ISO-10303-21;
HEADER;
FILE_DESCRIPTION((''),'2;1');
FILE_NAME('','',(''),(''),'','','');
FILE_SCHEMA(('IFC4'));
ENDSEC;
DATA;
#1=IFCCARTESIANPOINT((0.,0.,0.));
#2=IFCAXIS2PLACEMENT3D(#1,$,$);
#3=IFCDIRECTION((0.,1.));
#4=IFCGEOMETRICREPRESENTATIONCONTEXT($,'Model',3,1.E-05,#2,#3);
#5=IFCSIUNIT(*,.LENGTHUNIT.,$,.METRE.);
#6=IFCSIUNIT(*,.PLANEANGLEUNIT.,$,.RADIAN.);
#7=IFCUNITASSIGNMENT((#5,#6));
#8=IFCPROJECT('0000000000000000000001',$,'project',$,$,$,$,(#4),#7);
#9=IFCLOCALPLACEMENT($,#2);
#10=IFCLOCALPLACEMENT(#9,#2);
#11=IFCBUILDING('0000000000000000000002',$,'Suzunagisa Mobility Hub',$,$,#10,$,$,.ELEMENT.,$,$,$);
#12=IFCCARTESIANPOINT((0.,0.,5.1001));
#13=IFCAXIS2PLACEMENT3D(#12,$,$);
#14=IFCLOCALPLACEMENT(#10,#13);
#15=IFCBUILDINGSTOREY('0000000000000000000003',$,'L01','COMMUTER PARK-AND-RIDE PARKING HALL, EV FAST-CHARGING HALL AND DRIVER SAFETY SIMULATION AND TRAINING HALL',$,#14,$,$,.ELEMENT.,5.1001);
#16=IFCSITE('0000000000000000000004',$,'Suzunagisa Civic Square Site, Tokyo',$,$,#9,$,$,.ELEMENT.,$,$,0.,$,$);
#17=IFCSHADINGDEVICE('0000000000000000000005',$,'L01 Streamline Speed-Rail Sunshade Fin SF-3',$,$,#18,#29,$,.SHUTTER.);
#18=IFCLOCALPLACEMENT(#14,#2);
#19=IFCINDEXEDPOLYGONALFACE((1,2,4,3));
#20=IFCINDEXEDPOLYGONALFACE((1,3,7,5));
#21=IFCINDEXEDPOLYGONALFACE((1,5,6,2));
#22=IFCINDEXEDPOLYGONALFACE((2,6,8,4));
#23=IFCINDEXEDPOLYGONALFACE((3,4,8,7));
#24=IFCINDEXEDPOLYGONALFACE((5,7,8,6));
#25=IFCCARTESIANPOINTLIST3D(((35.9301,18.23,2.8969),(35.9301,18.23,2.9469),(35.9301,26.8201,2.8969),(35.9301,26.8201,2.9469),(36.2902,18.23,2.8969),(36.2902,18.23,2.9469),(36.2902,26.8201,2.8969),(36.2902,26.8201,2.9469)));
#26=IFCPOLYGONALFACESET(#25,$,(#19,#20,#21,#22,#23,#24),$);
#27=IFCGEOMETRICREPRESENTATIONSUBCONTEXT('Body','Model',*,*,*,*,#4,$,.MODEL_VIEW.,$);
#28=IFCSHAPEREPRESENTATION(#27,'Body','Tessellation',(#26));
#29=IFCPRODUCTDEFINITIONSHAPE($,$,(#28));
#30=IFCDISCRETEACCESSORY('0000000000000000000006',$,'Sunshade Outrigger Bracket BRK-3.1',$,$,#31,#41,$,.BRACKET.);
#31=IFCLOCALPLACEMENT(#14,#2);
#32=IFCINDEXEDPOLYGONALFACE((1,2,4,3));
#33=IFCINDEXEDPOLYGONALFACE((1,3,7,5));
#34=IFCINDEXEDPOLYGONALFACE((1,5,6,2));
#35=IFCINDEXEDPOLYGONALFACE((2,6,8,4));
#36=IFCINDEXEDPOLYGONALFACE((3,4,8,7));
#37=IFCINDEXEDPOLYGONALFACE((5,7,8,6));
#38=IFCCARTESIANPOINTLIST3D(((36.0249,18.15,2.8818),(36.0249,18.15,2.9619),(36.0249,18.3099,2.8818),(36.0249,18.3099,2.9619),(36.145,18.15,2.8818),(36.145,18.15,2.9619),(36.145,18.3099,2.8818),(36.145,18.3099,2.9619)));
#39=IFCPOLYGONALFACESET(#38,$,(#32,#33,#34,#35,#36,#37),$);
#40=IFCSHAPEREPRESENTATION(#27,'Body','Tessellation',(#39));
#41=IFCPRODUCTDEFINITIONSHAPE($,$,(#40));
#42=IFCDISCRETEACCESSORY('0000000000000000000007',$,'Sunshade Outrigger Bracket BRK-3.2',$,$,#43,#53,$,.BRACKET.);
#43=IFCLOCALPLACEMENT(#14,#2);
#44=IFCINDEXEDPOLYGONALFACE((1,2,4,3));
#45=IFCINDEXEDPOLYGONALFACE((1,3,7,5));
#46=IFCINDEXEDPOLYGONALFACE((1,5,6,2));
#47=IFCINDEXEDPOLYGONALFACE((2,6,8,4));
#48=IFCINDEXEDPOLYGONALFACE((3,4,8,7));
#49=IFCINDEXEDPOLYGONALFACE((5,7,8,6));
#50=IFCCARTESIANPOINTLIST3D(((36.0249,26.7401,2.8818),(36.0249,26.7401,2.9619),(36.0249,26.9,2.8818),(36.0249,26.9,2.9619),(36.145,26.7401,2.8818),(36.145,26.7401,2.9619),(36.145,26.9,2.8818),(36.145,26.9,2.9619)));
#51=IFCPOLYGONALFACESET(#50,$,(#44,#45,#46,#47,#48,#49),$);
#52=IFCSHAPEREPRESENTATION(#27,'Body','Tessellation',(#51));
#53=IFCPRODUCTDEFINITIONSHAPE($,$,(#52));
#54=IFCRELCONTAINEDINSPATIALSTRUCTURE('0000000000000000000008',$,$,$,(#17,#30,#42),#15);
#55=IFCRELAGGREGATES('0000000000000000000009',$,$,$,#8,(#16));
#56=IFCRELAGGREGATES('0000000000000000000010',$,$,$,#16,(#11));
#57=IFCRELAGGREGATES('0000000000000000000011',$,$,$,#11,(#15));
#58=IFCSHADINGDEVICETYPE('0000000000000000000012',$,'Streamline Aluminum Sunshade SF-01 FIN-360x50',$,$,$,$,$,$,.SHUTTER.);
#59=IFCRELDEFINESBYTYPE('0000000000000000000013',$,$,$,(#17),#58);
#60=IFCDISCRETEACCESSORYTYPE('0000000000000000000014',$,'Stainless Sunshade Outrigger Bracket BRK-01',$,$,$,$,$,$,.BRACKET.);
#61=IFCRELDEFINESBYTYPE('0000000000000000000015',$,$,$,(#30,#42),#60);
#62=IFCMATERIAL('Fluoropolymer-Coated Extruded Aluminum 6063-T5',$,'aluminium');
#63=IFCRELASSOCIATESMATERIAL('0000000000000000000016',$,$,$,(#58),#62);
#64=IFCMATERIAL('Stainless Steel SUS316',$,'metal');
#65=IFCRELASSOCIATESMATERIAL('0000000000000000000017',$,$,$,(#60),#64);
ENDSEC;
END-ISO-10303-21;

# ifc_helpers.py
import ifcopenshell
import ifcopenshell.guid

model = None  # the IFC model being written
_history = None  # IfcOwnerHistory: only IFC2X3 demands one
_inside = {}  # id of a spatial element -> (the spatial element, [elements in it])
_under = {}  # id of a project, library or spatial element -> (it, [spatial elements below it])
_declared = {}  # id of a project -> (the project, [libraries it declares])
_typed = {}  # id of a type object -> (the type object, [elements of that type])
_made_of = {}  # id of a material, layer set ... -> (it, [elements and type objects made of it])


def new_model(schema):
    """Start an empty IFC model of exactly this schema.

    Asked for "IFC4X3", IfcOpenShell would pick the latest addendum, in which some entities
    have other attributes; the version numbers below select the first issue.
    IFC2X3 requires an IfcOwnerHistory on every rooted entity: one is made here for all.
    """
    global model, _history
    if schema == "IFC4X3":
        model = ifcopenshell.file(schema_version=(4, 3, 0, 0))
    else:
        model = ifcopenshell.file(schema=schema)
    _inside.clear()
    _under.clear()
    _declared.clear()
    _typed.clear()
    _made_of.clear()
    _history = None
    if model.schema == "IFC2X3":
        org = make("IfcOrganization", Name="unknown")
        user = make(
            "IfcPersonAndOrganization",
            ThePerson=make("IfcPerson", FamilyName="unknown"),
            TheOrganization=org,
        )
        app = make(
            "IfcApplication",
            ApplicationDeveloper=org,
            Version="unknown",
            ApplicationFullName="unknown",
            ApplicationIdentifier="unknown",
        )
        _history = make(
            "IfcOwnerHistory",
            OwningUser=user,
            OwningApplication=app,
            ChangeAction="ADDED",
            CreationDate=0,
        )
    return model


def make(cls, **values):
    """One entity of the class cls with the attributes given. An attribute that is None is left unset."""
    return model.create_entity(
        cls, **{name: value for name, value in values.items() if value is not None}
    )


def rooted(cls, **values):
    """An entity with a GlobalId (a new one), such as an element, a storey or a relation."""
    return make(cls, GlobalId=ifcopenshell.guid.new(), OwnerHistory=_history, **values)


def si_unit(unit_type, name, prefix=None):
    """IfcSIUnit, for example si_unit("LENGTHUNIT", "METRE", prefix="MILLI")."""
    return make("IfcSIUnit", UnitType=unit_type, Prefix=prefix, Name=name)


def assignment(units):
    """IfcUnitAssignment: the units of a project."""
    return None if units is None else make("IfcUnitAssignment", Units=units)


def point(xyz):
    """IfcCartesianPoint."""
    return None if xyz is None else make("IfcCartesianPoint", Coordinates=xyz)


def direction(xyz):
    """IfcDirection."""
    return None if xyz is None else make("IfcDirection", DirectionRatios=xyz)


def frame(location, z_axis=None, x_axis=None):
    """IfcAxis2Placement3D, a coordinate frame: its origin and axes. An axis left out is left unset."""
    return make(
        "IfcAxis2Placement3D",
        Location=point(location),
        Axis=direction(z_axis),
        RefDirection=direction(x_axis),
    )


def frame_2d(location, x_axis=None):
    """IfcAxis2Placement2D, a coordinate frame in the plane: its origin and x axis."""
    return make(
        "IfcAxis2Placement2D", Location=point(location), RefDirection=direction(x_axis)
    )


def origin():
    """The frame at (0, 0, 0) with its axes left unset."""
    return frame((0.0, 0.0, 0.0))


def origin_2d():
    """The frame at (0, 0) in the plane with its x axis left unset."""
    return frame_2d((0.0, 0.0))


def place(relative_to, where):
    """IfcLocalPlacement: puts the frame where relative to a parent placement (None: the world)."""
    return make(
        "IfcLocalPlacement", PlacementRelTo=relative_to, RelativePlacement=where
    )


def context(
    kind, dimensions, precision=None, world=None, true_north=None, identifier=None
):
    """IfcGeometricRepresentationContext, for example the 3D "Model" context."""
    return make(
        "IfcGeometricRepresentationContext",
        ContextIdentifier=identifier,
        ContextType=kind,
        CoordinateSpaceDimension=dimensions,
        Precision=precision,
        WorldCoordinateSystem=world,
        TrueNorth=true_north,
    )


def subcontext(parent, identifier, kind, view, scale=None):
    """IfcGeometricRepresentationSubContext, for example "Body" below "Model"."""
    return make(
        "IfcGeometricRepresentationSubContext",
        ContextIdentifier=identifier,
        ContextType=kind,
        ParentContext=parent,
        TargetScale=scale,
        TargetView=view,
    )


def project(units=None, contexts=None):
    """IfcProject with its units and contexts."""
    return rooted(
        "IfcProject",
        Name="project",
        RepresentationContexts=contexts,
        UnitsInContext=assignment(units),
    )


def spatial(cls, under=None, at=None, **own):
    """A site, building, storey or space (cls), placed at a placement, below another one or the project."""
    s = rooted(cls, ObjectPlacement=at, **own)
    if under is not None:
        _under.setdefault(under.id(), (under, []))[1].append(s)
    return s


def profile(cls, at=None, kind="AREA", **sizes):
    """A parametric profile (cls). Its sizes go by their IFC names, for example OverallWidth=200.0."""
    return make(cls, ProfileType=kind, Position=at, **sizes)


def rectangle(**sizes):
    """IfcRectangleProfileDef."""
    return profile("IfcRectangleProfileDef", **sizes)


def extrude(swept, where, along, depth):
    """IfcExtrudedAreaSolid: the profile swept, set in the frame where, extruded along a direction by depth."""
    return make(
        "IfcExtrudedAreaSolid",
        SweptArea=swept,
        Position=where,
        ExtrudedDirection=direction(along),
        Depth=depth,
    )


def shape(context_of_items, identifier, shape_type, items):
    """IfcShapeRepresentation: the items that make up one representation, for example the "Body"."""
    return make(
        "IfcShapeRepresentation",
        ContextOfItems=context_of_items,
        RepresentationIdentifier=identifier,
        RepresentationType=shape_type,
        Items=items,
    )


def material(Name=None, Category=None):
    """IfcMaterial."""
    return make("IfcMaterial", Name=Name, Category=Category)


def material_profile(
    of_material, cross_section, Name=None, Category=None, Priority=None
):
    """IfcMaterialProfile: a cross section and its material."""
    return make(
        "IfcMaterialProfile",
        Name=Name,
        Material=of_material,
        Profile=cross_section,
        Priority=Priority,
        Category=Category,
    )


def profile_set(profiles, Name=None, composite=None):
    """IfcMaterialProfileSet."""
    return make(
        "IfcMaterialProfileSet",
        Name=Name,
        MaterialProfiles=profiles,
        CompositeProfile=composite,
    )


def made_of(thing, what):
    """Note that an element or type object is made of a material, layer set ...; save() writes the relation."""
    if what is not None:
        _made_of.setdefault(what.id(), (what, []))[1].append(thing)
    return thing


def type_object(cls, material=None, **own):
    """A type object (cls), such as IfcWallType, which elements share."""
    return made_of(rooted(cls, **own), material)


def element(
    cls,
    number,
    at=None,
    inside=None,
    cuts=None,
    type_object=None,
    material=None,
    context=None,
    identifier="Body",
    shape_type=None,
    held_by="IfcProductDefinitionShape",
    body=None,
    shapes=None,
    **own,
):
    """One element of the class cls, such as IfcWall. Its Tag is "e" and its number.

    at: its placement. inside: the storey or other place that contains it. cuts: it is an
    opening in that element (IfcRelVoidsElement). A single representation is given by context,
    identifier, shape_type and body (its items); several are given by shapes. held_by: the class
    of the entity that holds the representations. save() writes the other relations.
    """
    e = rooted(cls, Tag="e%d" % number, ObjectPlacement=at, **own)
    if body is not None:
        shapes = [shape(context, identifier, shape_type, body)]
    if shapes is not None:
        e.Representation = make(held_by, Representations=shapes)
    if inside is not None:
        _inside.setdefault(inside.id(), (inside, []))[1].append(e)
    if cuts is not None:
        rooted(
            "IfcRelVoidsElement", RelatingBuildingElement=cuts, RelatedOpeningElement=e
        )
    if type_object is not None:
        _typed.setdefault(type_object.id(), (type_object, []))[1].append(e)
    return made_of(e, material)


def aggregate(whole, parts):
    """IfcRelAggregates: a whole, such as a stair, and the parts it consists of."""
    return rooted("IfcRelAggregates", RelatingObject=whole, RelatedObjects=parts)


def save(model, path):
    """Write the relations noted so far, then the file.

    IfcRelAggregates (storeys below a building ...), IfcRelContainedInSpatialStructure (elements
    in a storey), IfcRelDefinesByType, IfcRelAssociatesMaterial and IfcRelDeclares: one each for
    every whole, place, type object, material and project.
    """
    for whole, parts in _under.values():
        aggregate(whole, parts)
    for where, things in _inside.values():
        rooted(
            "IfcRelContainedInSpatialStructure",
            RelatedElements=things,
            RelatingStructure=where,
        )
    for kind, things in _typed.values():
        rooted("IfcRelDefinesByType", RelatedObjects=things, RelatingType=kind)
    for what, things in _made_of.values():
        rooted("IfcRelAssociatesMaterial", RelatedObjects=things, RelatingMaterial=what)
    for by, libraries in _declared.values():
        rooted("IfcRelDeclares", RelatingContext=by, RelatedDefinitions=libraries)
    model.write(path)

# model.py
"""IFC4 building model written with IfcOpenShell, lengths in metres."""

from ifc_helpers import new_model, si_unit, direction, frame, origin, origin_2d, place, context, subcontext, project, spatial, rectangle, extrude, material, material_profile, profile_set, type_object, element, save


model = new_model("IFC4")

# Units and contexts
model_context = context("Model", 3, precision=1e-05, world=origin(), true_north=direction((0.0, 1.0)))
body_context = subcontext(model_context, "Body", "Model", "MODEL_VIEW")
ifc_project = project(units=[si_unit("LENGTHUNIT", "METRE"), si_unit("PLANEANGLEUNIT", "RADIAN")], contexts=[model_context])

# Site, building, storey
site_placement = place(None, origin())
site = spatial("IfcSite", under=ifc_project, at=site_placement, Name="Suzunagisa Civic Square Site, Tokyo", CompositionType="ELEMENT", RefElevation=0.0)
building_placement = place(site_placement, origin())
building = spatial("IfcBuilding", under=site, at=building_placement, Name="Suzunagisa Mobility Hub", CompositionType="ELEMENT")
storey_placement = place(building_placement, frame((0.0, 0.0, 5.1001)))
storey = spatial("IfcBuildingStorey", under=building, at=storey_placement, Name="L01", Description="COMMUTER PARK-AND-RIDE PARKING HALL, EV FAST-CHARGING HALL AND DRIVER SAFETY SIMULATION AND TRAINING HALL", CompositionType="ELEMENT", Elevation=5.1001)

# Shading device
ifc_material_1 = material(Name="Fluoropolymer-Coated Extruded Aluminum 6063-T5", Category="aluminium")
ifc_material_profile_1 = material_profile(ifc_material_1, rectangle(XDim=0.3601, YDim=0.05, at=origin_2d()), Name="FIN-360x50")
ifc_profile_set_1 = profile_set([ifc_material_profile_1], Name="Fluoropolymer-Coated Extruded Aluminum 6063-T5")
shading_device_type = type_object("IfcShadingDeviceType", Name="Streamline Aluminum Sunshade SF-01 FIN-360x50", PredefinedType="SHUTTER", material=ifc_profile_set_1)
shading_device_placement = place(storey_placement, frame((36.1101, 18.23, 2.9219), z_axis=(0.0, 1.0, 0.0), x_axis=(-1.0, 0.0, 0.0)))
element("IfcShadingDevice", 1, at=shading_device_placement, inside=storey, type_object=shading_device_type, Name="L01 Streamline Speed-Rail Sunshade Fin SF-3", PredefinedType="SHUTTER", context=body_context, shape_type="SweptSolid", body=[
    extrude(rectangle(XDim=0.3601, YDim=0.05, at=origin_2d()), origin(), (0.0, 0.0, 1.0), 8.5901),
])

# Discrete accessories
ifc_material_2 = material(Name="Stainless Steel SUS316", Category="metal")
discrete_accessory_type = type_object("IfcDiscreteAccessoryType", Name="Stainless Sunshade Outrigger Bracket BRK-01", PredefinedType="BRACKET", material=ifc_material_2)
for number, where, z_axis, x_axis, name in (
    (2, (36.085, 18.23, 2.8818), (0.0, 0.0, 1.0), (0.0, 1.0, 0.0), "Sunshade Outrigger Bracket BRK-3.1"),
    (3, (36.085, 26.8201, 2.8818), (0.0, 0.0, 1.0), (0.0, 1.0, 0.0), "Sunshade Outrigger Bracket BRK-3.2"),
):
    element("IfcDiscreteAccessory", number, at=place(storey_placement, frame(where, z_axis=z_axis, x_axis=x_axis)), inside=storey, type_object=discrete_accessory_type, Name=name, PredefinedType="BRACKET", context=body_context, shape_type="SweptSolid", body=[
        extrude(rectangle(XDim=0.1599, YDim=0.1201, at=origin_2d()), origin(), (0.0, 0.0, 1.0), 0.0801),
    ])

save(model, "model.ifc")
